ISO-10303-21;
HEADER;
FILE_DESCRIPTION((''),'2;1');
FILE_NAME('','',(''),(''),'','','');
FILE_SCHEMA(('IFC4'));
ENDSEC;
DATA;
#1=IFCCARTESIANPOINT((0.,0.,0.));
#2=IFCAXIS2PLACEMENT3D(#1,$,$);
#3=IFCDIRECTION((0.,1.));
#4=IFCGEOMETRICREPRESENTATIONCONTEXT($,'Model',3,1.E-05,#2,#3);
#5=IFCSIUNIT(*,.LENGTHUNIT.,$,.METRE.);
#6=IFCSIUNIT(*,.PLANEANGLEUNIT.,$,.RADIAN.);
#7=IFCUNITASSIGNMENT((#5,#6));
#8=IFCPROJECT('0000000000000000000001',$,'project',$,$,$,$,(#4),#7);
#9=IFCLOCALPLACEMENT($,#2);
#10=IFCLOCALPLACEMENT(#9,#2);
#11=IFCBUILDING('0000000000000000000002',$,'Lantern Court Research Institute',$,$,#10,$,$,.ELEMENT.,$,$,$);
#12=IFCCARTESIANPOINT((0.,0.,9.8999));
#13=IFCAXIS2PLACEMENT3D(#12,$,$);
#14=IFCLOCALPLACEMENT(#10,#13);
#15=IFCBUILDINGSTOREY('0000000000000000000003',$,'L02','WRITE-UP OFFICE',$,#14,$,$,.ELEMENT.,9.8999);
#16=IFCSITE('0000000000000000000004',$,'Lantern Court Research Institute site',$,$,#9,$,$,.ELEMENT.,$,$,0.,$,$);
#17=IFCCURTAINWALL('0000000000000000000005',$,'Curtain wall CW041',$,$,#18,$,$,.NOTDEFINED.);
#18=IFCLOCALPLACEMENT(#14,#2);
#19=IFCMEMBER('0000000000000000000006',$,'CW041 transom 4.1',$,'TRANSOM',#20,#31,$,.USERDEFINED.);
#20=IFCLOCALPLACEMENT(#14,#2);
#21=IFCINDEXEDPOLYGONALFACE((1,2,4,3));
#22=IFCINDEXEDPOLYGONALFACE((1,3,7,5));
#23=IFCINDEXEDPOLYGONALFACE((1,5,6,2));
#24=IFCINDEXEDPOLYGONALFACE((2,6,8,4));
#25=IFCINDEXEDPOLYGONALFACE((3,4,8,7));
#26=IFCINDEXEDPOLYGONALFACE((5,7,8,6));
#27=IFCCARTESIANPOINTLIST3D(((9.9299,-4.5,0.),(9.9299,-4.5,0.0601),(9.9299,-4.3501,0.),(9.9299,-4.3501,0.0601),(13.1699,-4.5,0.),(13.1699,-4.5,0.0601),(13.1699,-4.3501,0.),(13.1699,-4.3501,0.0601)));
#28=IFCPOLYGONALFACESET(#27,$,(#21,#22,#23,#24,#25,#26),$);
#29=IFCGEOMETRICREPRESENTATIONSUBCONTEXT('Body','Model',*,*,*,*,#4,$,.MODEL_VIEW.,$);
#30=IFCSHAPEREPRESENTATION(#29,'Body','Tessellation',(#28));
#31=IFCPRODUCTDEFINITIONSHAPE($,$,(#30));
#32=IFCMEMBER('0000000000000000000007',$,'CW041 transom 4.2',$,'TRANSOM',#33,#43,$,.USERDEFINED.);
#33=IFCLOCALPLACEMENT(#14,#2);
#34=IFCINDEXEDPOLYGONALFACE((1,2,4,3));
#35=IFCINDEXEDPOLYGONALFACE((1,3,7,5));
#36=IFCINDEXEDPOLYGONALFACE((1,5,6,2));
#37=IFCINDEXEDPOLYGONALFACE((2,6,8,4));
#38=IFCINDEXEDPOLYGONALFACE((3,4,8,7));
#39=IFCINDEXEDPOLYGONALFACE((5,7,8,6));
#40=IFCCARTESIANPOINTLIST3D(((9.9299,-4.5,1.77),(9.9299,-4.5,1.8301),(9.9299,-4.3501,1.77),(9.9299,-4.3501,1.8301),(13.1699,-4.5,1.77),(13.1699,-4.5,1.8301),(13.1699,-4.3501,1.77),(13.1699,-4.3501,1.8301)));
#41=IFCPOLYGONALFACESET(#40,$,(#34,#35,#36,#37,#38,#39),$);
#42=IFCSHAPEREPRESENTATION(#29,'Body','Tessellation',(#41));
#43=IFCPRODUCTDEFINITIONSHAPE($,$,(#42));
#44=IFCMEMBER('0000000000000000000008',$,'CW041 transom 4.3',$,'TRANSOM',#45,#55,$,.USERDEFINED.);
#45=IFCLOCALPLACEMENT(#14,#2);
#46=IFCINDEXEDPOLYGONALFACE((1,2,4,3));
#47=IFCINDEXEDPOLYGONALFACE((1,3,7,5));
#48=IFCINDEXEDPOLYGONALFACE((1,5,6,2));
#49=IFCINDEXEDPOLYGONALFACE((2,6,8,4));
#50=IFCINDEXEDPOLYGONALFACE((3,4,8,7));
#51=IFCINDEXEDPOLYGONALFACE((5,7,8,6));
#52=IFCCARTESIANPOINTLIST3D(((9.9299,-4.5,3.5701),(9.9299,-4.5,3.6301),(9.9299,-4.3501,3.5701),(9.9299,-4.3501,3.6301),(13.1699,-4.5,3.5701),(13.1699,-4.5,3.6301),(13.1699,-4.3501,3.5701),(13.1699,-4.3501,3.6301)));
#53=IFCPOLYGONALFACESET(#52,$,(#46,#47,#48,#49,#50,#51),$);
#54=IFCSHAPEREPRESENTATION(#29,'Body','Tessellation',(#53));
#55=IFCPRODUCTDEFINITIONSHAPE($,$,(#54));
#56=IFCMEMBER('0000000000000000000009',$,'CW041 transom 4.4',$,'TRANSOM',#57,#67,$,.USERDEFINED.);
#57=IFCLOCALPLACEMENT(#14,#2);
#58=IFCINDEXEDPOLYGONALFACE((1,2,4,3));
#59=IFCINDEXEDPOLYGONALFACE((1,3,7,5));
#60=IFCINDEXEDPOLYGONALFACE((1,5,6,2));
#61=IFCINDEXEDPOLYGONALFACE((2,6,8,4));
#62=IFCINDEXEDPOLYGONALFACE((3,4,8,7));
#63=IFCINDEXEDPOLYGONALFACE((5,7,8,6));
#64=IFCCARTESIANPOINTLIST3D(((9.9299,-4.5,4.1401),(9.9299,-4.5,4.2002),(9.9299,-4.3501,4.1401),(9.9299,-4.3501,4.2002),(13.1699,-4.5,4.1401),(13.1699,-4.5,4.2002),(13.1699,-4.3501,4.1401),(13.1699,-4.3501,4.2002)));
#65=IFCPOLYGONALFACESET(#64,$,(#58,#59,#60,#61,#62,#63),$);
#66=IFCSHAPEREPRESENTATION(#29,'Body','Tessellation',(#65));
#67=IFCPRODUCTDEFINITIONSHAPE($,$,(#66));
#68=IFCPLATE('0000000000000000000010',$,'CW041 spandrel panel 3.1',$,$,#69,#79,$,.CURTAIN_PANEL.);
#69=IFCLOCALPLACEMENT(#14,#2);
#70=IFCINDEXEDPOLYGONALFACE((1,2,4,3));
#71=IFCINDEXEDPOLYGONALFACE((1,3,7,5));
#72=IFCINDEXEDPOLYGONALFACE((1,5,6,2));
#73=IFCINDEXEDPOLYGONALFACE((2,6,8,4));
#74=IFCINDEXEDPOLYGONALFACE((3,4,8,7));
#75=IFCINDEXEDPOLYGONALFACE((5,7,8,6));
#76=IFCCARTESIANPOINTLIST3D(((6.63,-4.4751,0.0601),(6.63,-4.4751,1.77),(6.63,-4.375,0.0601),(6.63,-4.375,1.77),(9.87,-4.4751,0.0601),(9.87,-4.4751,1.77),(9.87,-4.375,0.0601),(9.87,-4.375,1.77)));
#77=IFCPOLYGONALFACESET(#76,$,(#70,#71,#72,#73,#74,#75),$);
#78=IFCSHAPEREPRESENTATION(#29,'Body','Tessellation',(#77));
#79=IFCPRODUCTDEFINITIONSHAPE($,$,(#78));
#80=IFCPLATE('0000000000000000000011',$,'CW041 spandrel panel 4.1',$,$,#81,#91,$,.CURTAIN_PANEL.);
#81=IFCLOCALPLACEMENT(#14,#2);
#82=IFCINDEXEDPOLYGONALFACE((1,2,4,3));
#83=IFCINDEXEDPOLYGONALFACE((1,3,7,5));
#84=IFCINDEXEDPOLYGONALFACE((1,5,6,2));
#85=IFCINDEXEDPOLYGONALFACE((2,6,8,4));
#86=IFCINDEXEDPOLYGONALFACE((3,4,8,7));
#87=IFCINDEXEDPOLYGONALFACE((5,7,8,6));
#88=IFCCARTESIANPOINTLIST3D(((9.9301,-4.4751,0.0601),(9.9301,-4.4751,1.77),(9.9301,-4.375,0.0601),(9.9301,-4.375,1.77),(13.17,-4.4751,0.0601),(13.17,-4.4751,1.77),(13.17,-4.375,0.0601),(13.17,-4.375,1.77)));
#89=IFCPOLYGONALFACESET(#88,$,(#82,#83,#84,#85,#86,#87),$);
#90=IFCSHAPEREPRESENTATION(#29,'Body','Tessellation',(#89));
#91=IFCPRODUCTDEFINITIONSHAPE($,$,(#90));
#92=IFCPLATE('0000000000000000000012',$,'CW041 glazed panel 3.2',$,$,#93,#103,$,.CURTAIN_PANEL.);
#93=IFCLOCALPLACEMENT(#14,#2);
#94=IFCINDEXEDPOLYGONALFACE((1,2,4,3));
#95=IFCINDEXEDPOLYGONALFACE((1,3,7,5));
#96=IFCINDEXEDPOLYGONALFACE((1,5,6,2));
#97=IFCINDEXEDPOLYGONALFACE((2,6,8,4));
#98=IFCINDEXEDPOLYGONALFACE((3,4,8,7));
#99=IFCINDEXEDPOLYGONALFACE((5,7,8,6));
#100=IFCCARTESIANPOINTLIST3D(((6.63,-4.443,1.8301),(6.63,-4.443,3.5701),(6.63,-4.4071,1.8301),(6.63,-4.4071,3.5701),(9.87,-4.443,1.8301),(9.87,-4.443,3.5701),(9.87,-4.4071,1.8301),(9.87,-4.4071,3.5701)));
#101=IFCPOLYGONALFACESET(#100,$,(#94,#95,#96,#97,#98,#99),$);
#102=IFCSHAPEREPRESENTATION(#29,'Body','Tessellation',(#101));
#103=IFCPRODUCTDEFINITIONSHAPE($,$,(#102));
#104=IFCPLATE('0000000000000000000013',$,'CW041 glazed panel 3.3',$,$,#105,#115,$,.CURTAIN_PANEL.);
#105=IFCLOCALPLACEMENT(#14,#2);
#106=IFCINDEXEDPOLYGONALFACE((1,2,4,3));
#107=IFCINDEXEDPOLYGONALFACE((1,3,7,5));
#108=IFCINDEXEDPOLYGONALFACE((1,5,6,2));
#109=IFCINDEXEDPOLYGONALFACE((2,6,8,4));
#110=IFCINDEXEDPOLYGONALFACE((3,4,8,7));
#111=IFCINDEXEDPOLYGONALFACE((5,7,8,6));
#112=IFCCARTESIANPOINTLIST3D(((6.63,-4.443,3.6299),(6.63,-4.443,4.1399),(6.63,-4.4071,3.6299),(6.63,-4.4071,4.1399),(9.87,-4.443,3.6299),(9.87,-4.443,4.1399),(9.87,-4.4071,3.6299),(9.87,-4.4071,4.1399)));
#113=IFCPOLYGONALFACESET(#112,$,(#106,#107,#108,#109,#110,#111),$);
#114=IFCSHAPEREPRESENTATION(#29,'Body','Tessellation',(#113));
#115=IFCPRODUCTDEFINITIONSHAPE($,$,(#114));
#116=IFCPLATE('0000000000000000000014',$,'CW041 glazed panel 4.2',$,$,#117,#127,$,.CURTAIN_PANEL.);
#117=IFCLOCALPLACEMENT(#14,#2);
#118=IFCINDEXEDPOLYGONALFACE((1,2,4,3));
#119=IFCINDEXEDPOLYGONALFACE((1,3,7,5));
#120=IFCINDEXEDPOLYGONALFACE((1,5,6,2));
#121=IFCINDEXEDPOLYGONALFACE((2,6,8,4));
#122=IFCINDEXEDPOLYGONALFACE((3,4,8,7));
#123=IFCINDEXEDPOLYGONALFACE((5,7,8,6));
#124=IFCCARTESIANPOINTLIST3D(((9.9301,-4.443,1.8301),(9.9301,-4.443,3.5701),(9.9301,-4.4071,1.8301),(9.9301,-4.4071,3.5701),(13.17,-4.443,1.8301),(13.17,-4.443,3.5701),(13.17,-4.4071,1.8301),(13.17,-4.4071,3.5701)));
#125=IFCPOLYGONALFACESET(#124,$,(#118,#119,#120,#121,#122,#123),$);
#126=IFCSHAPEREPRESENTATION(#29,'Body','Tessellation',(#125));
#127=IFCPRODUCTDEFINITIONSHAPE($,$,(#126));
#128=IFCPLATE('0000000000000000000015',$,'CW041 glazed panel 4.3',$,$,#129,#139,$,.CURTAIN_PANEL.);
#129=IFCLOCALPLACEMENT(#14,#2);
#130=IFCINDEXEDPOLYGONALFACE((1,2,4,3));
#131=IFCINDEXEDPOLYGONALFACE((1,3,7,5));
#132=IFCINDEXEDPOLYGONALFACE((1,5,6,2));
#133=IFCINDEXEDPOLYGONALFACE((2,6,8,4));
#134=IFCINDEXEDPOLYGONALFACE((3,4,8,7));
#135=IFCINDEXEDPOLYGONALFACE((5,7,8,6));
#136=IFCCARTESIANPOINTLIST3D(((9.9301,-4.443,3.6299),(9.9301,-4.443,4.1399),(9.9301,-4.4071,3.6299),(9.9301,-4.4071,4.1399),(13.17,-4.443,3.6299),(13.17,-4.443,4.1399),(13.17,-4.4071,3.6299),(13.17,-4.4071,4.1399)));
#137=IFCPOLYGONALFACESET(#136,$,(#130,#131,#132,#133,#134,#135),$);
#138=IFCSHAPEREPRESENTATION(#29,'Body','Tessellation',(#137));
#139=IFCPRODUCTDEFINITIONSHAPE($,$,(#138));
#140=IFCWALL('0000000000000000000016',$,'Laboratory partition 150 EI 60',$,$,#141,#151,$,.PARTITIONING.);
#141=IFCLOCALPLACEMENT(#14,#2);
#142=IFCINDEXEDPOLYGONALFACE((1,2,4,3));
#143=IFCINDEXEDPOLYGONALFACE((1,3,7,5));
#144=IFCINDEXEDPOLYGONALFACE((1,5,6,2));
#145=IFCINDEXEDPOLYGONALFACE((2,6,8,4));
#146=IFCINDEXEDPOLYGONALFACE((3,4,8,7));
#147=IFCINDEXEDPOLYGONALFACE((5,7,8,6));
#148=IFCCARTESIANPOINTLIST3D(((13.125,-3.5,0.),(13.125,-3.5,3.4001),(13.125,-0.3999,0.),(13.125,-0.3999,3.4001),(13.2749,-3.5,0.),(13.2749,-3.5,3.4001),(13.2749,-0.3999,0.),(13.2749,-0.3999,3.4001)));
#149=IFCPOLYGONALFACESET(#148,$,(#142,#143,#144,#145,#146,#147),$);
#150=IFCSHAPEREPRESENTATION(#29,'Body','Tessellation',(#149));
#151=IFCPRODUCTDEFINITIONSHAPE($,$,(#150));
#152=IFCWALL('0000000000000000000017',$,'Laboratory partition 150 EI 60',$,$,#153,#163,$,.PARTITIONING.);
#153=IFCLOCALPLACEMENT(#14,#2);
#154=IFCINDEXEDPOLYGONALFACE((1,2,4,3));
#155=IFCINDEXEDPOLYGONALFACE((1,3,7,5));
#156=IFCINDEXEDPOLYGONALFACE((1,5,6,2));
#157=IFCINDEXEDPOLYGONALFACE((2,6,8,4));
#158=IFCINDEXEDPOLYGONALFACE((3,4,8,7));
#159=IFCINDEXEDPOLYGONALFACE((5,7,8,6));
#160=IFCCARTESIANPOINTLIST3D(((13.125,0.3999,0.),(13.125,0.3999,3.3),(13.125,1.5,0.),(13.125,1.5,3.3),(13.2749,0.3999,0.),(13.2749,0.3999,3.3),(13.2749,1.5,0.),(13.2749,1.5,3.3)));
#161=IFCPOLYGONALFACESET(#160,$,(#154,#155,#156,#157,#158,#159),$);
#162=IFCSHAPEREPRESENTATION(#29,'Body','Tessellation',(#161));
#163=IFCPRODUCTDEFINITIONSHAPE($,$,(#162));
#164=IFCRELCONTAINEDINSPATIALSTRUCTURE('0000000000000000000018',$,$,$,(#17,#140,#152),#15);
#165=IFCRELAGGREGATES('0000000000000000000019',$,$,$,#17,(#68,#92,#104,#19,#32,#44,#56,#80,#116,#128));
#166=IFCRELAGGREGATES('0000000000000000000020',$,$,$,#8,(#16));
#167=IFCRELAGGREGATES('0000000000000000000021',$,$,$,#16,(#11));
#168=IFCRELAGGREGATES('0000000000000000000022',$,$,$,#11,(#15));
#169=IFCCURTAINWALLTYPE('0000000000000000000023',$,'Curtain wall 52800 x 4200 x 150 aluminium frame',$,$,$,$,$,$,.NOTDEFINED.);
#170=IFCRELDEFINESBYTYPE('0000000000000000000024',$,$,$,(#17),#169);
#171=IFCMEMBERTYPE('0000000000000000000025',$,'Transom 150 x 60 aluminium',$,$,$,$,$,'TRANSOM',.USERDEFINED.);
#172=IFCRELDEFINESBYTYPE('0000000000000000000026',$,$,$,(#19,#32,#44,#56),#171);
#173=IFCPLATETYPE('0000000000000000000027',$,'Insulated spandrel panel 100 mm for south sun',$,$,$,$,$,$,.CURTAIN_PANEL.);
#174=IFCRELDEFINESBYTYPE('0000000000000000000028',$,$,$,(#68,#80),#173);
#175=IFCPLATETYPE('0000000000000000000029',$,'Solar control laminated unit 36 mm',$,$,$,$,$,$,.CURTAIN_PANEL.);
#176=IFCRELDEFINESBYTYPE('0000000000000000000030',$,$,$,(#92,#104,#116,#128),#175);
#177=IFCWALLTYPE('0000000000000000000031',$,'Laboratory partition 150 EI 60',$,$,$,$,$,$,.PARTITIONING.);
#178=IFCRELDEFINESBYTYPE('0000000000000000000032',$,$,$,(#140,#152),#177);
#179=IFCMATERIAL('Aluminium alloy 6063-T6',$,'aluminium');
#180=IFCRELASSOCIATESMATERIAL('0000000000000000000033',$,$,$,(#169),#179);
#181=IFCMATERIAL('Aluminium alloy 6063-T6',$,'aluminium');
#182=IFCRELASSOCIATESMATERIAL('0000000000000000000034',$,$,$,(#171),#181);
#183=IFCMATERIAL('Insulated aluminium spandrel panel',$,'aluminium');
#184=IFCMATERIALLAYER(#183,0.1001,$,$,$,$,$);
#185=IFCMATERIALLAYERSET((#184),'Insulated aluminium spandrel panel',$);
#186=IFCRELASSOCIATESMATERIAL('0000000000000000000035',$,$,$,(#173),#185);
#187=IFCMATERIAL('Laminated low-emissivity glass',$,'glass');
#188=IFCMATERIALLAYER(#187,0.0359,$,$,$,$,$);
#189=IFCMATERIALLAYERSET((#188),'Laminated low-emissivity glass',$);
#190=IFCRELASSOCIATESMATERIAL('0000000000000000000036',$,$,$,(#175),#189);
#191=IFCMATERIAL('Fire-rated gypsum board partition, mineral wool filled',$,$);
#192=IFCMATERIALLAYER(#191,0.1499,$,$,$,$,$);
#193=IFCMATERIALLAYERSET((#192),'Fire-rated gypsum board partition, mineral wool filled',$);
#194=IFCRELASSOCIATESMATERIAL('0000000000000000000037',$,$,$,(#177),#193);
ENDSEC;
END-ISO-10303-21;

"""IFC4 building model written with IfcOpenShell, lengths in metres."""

from ifc_helpers import new_model, si_unit, direction, frame, frame_2d, origin, origin_2d, place, context, subcontext, project, spatial, rectangle, extrude, material, layer, layer_set, material_profile, profile_set, type_object, element, aggregate, save


model = new_model("IFC4")

# Units and contexts
model_context = context("Model", 3, precision=1e-05, world=origin(), true_north=direction((0.0, 1.0)))
body_context = subcontext(model_context, "Body", "Model", "MODEL_VIEW")
ifc_project = project(units=[si_unit("LENGTHUNIT", "METRE"), si_unit("PLANEANGLEUNIT", "RADIAN")], contexts=[model_context])

# Site, building, storey
site_placement = place(None, origin())
site = spatial("IfcSite", under=ifc_project, at=site_placement, Name="Lantern Court Research Institute site", CompositionType="ELEMENT", RefElevation=0.0)
building_placement = place(site_placement, origin())
building = spatial("IfcBuilding", under=site, at=building_placement, Name="Lantern Court Research Institute", CompositionType="ELEMENT")
storey_placement = place(building_placement, frame((0.0, 0.0, 9.8999)))
storey = spatial("IfcBuildingStorey", under=building, at=storey_placement, Name="L02", Description="WRITE-UP OFFICE", CompositionType="ELEMENT", Elevation=9.8999)

# Curtain wall
ifc_material_1 = material(Name="Aluminium alloy 6063-T6", Category="aluminium")
curtain_wall_type = type_object("IfcCurtainWallType", Name="Curtain wall 52800 x 4200 x 150 aluminium frame", PredefinedType="NOTDEFINED", material=ifc_material_1)
curtain_wall_placement = place(storey_placement, origin())
curtain_wall = element("IfcCurtainWall", 1, at=curtain_wall_placement, inside=storey, type_object=curtain_wall_type, Name="Curtain wall CW041", PredefinedType="NOTDEFINED")

# Members
ifc_material_2 = material(Name="Aluminium alloy 6063-T6", Category="aluminium")
ifc_material_profile_1 = material_profile(ifc_material_2, rectangle(XDim=0.1499, YDim=0.0601, at=origin_2d()), Name="Transom 150 x 60")
ifc_profile_set_1 = profile_set([ifc_material_profile_1], Name="Aluminium alloy 6063-T6")
member_type_1 = type_object("IfcMemberType", Name="Transom 150 x 60 aluminium", ElementType="TRANSOM", PredefinedType="USERDEFINED", material=ifc_profile_set_1)
member_1_placement = place(storey_placement, frame((13.1699, -4.425, 0.03), z_axis=(-1.0, 0.0, 0.0), x_axis=(0.0, -1.0, 0.0)))
member_1 = element("IfcMember", 2, at=member_1_placement, type_object=member_type_1, Name="CW041 transom 4.1", ObjectType="TRANSOM", PredefinedType="USERDEFINED", context=body_context, shape_type="SweptSolid", body=[
    extrude(rectangle(XDim=0.1499, YDim=0.0601, at=origin_2d()), origin(), (0.0, 0.0, 1.0), 3.24),
])
member_2_placement = place(storey_placement, frame((13.1699, -4.425, 1.8), z_axis=(-1.0, 0.0, 0.0), x_axis=(0.0, -1.0, 0.0)))
member_2 = element("IfcMember", 3, at=member_2_placement, type_object=member_type_1, Name="CW041 transom 4.2", ObjectType="TRANSOM", PredefinedType="USERDEFINED", context=body_context, shape_type="SweptSolid", body=[
    extrude(rectangle(XDim=0.1499, YDim=0.0601, at=origin_2d()), origin(), (0.0, 0.0, 1.0), 3.24),
])
member_3_placement = place(storey_placement, frame((13.1699, -4.425, 3.6001), z_axis=(-1.0, 0.0, 0.0), x_axis=(0.0, -1.0, 0.0)))
member_3 = element("IfcMember", 4, at=member_3_placement, type_object=member_type_1, Name="CW041 transom 4.3", ObjectType="TRANSOM", PredefinedType="USERDEFINED", context=body_context, shape_type="SweptSolid", body=[
    extrude(rectangle(XDim=0.1499, YDim=0.0601, at=origin_2d()), origin(), (0.0, 0.0, 1.0), 3.24),
])
member_4_placement = place(storey_placement, frame((13.1699, -4.425, 4.1702), z_axis=(-1.0, 0.0, 0.0), x_axis=(0.0, -1.0, 0.0)))
member_4 = element("IfcMember", 5, at=member_4_placement, type_object=member_type_1, Name="CW041 transom 4.4", ObjectType="TRANSOM", PredefinedType="USERDEFINED", context=body_context, shape_type="SweptSolid", body=[
    extrude(rectangle(XDim=0.1499, YDim=0.0601, at=origin_2d()), origin(), (0.0, 0.0, 1.0), 3.24),
])

# Plates
ifc_material_3 = material(Name="Insulated aluminium spandrel panel", Category="aluminium")
ifc_layer_1 = layer(ifc_material_3, 0.1001)
ifc_layer_set_1 = layer_set([ifc_layer_1], Name="Insulated aluminium spandrel panel")
plate_type_1 = type_object("IfcPlateType", Name="Insulated spandrel panel 100 mm for south sun", PredefinedType="CURTAIN_PANEL", material=ifc_layer_set_1)
plate_1_placement = place(storey_placement, frame((8.25, -4.425, 0.0601), z_axis=(0.0, 0.0, 1.0), x_axis=(-1.0, 0.0, 0.0)))
plate_1 = element("IfcPlate", 6, at=plate_1_placement, type_object=plate_type_1, Name="CW041 spandrel panel 3.1", PredefinedType="CURTAIN_PANEL", context=body_context, shape_type="SweptSolid", body=[
    extrude(rectangle(XDim=3.24, YDim=0.1001, at=origin_2d()), origin(), (0.0, 0.0, 1.0), 1.71),
])
plate_2_placement = place(storey_placement, frame((11.55, -4.425, 0.0601), z_axis=(0.0, 0.0, 1.0), x_axis=(-1.0, 0.0, 0.0)))
plate_2 = element("IfcPlate", 7, at=plate_2_placement, type_object=plate_type_1, Name="CW041 spandrel panel 4.1", PredefinedType="CURTAIN_PANEL", context=body_context, shape_type="SweptSolid", body=[
    extrude(rectangle(XDim=3.24, YDim=0.1001, at=origin_2d()), origin(), (0.0, 0.0, 1.0), 1.71),
])
ifc_material_4 = material(Name="Laminated low-emissivity glass", Category="glass")
ifc_layer_2 = layer(ifc_material_4, 0.0359)
ifc_layer_set_2 = layer_set([ifc_layer_2], Name="Laminated low-emissivity glass")
plate_type_2 = type_object("IfcPlateType", Name="Solar control laminated unit 36 mm", PredefinedType="CURTAIN_PANEL", material=ifc_layer_set_2)
plate_3_placement = place(storey_placement, frame((8.25, -4.425, 1.8301), z_axis=(0.0, 0.0, 1.0), x_axis=(-1.0, 0.0, 0.0)))
plate_3 = element("IfcPlate", 8, at=plate_3_placement, type_object=plate_type_2, Name="CW041 glazed panel 3.2", PredefinedType="CURTAIN_PANEL", context=body_context, shape_type="SweptSolid", body=[
    extrude(rectangle(XDim=3.24, YDim=0.0359, at=origin_2d()), origin(), (0.0, 0.0, 1.0), 1.74),
])
plate_4_placement = place(storey_placement, frame((8.25, -4.425, 3.6299), z_axis=(0.0, 0.0, 1.0), x_axis=(-1.0, 0.0, 0.0)))
plate_4 = element("IfcPlate", 9, at=plate_4_placement, type_object=plate_type_2, Name="CW041 glazed panel 3.3", PredefinedType="CURTAIN_PANEL", context=body_context, shape_type="SweptSolid", body=[
    extrude(rectangle(XDim=3.24, YDim=0.0359, at=origin_2d()), origin(), (0.0, 0.0, 1.0), 0.51),
])
plate_5_placement = place(storey_placement, frame((11.55, -4.425, 1.8301), z_axis=(0.0, 0.0, 1.0), x_axis=(-1.0, 0.0, 0.0)))
plate_5 = element("IfcPlate", 10, at=plate_5_placement, type_object=plate_type_2, Name="CW041 glazed panel 4.2", PredefinedType="CURTAIN_PANEL", context=body_context, shape_type="SweptSolid", body=[
    extrude(rectangle(XDim=3.24, YDim=0.0359, at=origin_2d()), origin(), (0.0, 0.0, 1.0), 1.74),
])
plate_6_placement = place(storey_placement, frame((11.55, -4.425, 3.6299), z_axis=(0.0, 0.0, 1.0), x_axis=(-1.0, 0.0, 0.0)))
plate_6 = element("IfcPlate", 11, at=plate_6_placement, type_object=plate_type_2, Name="CW041 glazed panel 4.3", PredefinedType="CURTAIN_PANEL", context=body_context, shape_type="SweptSolid", body=[
    extrude(rectangle(XDim=3.24, YDim=0.0359, at=origin_2d()), origin(), (0.0, 0.0, 1.0), 0.51),
])
aggregate(curtain_wall, [plate_1, plate_3, plate_4, member_1, member_2, member_3, member_4, plate_2, plate_5, plate_6])

# Walls
ifc_material_5 = material(Name="Fire-rated gypsum board partition, mineral wool filled")
ifc_layer_3 = layer(ifc_material_5, 0.1499)
ifc_layer_set_3 = layer_set([ifc_layer_3], Name="Fire-rated gypsum board partition, mineral wool filled")
wall_type = type_object("IfcWallType", Name="Laboratory partition 150 EI 60", PredefinedType="PARTITIONING", material=ifc_layer_set_3)
wall_1_placement = place(storey_placement, frame((13.2, -3.5, 0.0), z_axis=(0.0, 0.0, 1.0), x_axis=(0.0, 1.0, 0.0)))
element("IfcWall", 12, at=wall_1_placement, inside=storey, type_object=wall_type, Name="Laboratory partition 150 EI 60", PredefinedType="PARTITIONING", context=body_context, shape_type="SweptSolid", body=[
    extrude(rectangle(XDim=3.1001, YDim=0.1499, at=frame_2d((1.55, 0.0))), origin(), (0.0, 0.0, 1.0), 3.4001),
])
wall_2_placement = place(storey_placement, frame((13.2, 0.3999, 0.0), z_axis=(0.0, 0.0, 1.0), x_axis=(0.0, 1.0, 0.0)))
element("IfcWall", 13, at=wall_2_placement, inside=storey, type_object=wall_type, Name="Laboratory partition 150 EI 60", PredefinedType="PARTITIONING", context=body_context, shape_type="SweptSolid", body=[
    extrude(rectangle(XDim=1.1001, YDim=0.1499, at=frame_2d((0.55, 0.0))), origin(), (0.0, 0.0, 1.0), 3.3),
])

save(model, "model.ifc")
